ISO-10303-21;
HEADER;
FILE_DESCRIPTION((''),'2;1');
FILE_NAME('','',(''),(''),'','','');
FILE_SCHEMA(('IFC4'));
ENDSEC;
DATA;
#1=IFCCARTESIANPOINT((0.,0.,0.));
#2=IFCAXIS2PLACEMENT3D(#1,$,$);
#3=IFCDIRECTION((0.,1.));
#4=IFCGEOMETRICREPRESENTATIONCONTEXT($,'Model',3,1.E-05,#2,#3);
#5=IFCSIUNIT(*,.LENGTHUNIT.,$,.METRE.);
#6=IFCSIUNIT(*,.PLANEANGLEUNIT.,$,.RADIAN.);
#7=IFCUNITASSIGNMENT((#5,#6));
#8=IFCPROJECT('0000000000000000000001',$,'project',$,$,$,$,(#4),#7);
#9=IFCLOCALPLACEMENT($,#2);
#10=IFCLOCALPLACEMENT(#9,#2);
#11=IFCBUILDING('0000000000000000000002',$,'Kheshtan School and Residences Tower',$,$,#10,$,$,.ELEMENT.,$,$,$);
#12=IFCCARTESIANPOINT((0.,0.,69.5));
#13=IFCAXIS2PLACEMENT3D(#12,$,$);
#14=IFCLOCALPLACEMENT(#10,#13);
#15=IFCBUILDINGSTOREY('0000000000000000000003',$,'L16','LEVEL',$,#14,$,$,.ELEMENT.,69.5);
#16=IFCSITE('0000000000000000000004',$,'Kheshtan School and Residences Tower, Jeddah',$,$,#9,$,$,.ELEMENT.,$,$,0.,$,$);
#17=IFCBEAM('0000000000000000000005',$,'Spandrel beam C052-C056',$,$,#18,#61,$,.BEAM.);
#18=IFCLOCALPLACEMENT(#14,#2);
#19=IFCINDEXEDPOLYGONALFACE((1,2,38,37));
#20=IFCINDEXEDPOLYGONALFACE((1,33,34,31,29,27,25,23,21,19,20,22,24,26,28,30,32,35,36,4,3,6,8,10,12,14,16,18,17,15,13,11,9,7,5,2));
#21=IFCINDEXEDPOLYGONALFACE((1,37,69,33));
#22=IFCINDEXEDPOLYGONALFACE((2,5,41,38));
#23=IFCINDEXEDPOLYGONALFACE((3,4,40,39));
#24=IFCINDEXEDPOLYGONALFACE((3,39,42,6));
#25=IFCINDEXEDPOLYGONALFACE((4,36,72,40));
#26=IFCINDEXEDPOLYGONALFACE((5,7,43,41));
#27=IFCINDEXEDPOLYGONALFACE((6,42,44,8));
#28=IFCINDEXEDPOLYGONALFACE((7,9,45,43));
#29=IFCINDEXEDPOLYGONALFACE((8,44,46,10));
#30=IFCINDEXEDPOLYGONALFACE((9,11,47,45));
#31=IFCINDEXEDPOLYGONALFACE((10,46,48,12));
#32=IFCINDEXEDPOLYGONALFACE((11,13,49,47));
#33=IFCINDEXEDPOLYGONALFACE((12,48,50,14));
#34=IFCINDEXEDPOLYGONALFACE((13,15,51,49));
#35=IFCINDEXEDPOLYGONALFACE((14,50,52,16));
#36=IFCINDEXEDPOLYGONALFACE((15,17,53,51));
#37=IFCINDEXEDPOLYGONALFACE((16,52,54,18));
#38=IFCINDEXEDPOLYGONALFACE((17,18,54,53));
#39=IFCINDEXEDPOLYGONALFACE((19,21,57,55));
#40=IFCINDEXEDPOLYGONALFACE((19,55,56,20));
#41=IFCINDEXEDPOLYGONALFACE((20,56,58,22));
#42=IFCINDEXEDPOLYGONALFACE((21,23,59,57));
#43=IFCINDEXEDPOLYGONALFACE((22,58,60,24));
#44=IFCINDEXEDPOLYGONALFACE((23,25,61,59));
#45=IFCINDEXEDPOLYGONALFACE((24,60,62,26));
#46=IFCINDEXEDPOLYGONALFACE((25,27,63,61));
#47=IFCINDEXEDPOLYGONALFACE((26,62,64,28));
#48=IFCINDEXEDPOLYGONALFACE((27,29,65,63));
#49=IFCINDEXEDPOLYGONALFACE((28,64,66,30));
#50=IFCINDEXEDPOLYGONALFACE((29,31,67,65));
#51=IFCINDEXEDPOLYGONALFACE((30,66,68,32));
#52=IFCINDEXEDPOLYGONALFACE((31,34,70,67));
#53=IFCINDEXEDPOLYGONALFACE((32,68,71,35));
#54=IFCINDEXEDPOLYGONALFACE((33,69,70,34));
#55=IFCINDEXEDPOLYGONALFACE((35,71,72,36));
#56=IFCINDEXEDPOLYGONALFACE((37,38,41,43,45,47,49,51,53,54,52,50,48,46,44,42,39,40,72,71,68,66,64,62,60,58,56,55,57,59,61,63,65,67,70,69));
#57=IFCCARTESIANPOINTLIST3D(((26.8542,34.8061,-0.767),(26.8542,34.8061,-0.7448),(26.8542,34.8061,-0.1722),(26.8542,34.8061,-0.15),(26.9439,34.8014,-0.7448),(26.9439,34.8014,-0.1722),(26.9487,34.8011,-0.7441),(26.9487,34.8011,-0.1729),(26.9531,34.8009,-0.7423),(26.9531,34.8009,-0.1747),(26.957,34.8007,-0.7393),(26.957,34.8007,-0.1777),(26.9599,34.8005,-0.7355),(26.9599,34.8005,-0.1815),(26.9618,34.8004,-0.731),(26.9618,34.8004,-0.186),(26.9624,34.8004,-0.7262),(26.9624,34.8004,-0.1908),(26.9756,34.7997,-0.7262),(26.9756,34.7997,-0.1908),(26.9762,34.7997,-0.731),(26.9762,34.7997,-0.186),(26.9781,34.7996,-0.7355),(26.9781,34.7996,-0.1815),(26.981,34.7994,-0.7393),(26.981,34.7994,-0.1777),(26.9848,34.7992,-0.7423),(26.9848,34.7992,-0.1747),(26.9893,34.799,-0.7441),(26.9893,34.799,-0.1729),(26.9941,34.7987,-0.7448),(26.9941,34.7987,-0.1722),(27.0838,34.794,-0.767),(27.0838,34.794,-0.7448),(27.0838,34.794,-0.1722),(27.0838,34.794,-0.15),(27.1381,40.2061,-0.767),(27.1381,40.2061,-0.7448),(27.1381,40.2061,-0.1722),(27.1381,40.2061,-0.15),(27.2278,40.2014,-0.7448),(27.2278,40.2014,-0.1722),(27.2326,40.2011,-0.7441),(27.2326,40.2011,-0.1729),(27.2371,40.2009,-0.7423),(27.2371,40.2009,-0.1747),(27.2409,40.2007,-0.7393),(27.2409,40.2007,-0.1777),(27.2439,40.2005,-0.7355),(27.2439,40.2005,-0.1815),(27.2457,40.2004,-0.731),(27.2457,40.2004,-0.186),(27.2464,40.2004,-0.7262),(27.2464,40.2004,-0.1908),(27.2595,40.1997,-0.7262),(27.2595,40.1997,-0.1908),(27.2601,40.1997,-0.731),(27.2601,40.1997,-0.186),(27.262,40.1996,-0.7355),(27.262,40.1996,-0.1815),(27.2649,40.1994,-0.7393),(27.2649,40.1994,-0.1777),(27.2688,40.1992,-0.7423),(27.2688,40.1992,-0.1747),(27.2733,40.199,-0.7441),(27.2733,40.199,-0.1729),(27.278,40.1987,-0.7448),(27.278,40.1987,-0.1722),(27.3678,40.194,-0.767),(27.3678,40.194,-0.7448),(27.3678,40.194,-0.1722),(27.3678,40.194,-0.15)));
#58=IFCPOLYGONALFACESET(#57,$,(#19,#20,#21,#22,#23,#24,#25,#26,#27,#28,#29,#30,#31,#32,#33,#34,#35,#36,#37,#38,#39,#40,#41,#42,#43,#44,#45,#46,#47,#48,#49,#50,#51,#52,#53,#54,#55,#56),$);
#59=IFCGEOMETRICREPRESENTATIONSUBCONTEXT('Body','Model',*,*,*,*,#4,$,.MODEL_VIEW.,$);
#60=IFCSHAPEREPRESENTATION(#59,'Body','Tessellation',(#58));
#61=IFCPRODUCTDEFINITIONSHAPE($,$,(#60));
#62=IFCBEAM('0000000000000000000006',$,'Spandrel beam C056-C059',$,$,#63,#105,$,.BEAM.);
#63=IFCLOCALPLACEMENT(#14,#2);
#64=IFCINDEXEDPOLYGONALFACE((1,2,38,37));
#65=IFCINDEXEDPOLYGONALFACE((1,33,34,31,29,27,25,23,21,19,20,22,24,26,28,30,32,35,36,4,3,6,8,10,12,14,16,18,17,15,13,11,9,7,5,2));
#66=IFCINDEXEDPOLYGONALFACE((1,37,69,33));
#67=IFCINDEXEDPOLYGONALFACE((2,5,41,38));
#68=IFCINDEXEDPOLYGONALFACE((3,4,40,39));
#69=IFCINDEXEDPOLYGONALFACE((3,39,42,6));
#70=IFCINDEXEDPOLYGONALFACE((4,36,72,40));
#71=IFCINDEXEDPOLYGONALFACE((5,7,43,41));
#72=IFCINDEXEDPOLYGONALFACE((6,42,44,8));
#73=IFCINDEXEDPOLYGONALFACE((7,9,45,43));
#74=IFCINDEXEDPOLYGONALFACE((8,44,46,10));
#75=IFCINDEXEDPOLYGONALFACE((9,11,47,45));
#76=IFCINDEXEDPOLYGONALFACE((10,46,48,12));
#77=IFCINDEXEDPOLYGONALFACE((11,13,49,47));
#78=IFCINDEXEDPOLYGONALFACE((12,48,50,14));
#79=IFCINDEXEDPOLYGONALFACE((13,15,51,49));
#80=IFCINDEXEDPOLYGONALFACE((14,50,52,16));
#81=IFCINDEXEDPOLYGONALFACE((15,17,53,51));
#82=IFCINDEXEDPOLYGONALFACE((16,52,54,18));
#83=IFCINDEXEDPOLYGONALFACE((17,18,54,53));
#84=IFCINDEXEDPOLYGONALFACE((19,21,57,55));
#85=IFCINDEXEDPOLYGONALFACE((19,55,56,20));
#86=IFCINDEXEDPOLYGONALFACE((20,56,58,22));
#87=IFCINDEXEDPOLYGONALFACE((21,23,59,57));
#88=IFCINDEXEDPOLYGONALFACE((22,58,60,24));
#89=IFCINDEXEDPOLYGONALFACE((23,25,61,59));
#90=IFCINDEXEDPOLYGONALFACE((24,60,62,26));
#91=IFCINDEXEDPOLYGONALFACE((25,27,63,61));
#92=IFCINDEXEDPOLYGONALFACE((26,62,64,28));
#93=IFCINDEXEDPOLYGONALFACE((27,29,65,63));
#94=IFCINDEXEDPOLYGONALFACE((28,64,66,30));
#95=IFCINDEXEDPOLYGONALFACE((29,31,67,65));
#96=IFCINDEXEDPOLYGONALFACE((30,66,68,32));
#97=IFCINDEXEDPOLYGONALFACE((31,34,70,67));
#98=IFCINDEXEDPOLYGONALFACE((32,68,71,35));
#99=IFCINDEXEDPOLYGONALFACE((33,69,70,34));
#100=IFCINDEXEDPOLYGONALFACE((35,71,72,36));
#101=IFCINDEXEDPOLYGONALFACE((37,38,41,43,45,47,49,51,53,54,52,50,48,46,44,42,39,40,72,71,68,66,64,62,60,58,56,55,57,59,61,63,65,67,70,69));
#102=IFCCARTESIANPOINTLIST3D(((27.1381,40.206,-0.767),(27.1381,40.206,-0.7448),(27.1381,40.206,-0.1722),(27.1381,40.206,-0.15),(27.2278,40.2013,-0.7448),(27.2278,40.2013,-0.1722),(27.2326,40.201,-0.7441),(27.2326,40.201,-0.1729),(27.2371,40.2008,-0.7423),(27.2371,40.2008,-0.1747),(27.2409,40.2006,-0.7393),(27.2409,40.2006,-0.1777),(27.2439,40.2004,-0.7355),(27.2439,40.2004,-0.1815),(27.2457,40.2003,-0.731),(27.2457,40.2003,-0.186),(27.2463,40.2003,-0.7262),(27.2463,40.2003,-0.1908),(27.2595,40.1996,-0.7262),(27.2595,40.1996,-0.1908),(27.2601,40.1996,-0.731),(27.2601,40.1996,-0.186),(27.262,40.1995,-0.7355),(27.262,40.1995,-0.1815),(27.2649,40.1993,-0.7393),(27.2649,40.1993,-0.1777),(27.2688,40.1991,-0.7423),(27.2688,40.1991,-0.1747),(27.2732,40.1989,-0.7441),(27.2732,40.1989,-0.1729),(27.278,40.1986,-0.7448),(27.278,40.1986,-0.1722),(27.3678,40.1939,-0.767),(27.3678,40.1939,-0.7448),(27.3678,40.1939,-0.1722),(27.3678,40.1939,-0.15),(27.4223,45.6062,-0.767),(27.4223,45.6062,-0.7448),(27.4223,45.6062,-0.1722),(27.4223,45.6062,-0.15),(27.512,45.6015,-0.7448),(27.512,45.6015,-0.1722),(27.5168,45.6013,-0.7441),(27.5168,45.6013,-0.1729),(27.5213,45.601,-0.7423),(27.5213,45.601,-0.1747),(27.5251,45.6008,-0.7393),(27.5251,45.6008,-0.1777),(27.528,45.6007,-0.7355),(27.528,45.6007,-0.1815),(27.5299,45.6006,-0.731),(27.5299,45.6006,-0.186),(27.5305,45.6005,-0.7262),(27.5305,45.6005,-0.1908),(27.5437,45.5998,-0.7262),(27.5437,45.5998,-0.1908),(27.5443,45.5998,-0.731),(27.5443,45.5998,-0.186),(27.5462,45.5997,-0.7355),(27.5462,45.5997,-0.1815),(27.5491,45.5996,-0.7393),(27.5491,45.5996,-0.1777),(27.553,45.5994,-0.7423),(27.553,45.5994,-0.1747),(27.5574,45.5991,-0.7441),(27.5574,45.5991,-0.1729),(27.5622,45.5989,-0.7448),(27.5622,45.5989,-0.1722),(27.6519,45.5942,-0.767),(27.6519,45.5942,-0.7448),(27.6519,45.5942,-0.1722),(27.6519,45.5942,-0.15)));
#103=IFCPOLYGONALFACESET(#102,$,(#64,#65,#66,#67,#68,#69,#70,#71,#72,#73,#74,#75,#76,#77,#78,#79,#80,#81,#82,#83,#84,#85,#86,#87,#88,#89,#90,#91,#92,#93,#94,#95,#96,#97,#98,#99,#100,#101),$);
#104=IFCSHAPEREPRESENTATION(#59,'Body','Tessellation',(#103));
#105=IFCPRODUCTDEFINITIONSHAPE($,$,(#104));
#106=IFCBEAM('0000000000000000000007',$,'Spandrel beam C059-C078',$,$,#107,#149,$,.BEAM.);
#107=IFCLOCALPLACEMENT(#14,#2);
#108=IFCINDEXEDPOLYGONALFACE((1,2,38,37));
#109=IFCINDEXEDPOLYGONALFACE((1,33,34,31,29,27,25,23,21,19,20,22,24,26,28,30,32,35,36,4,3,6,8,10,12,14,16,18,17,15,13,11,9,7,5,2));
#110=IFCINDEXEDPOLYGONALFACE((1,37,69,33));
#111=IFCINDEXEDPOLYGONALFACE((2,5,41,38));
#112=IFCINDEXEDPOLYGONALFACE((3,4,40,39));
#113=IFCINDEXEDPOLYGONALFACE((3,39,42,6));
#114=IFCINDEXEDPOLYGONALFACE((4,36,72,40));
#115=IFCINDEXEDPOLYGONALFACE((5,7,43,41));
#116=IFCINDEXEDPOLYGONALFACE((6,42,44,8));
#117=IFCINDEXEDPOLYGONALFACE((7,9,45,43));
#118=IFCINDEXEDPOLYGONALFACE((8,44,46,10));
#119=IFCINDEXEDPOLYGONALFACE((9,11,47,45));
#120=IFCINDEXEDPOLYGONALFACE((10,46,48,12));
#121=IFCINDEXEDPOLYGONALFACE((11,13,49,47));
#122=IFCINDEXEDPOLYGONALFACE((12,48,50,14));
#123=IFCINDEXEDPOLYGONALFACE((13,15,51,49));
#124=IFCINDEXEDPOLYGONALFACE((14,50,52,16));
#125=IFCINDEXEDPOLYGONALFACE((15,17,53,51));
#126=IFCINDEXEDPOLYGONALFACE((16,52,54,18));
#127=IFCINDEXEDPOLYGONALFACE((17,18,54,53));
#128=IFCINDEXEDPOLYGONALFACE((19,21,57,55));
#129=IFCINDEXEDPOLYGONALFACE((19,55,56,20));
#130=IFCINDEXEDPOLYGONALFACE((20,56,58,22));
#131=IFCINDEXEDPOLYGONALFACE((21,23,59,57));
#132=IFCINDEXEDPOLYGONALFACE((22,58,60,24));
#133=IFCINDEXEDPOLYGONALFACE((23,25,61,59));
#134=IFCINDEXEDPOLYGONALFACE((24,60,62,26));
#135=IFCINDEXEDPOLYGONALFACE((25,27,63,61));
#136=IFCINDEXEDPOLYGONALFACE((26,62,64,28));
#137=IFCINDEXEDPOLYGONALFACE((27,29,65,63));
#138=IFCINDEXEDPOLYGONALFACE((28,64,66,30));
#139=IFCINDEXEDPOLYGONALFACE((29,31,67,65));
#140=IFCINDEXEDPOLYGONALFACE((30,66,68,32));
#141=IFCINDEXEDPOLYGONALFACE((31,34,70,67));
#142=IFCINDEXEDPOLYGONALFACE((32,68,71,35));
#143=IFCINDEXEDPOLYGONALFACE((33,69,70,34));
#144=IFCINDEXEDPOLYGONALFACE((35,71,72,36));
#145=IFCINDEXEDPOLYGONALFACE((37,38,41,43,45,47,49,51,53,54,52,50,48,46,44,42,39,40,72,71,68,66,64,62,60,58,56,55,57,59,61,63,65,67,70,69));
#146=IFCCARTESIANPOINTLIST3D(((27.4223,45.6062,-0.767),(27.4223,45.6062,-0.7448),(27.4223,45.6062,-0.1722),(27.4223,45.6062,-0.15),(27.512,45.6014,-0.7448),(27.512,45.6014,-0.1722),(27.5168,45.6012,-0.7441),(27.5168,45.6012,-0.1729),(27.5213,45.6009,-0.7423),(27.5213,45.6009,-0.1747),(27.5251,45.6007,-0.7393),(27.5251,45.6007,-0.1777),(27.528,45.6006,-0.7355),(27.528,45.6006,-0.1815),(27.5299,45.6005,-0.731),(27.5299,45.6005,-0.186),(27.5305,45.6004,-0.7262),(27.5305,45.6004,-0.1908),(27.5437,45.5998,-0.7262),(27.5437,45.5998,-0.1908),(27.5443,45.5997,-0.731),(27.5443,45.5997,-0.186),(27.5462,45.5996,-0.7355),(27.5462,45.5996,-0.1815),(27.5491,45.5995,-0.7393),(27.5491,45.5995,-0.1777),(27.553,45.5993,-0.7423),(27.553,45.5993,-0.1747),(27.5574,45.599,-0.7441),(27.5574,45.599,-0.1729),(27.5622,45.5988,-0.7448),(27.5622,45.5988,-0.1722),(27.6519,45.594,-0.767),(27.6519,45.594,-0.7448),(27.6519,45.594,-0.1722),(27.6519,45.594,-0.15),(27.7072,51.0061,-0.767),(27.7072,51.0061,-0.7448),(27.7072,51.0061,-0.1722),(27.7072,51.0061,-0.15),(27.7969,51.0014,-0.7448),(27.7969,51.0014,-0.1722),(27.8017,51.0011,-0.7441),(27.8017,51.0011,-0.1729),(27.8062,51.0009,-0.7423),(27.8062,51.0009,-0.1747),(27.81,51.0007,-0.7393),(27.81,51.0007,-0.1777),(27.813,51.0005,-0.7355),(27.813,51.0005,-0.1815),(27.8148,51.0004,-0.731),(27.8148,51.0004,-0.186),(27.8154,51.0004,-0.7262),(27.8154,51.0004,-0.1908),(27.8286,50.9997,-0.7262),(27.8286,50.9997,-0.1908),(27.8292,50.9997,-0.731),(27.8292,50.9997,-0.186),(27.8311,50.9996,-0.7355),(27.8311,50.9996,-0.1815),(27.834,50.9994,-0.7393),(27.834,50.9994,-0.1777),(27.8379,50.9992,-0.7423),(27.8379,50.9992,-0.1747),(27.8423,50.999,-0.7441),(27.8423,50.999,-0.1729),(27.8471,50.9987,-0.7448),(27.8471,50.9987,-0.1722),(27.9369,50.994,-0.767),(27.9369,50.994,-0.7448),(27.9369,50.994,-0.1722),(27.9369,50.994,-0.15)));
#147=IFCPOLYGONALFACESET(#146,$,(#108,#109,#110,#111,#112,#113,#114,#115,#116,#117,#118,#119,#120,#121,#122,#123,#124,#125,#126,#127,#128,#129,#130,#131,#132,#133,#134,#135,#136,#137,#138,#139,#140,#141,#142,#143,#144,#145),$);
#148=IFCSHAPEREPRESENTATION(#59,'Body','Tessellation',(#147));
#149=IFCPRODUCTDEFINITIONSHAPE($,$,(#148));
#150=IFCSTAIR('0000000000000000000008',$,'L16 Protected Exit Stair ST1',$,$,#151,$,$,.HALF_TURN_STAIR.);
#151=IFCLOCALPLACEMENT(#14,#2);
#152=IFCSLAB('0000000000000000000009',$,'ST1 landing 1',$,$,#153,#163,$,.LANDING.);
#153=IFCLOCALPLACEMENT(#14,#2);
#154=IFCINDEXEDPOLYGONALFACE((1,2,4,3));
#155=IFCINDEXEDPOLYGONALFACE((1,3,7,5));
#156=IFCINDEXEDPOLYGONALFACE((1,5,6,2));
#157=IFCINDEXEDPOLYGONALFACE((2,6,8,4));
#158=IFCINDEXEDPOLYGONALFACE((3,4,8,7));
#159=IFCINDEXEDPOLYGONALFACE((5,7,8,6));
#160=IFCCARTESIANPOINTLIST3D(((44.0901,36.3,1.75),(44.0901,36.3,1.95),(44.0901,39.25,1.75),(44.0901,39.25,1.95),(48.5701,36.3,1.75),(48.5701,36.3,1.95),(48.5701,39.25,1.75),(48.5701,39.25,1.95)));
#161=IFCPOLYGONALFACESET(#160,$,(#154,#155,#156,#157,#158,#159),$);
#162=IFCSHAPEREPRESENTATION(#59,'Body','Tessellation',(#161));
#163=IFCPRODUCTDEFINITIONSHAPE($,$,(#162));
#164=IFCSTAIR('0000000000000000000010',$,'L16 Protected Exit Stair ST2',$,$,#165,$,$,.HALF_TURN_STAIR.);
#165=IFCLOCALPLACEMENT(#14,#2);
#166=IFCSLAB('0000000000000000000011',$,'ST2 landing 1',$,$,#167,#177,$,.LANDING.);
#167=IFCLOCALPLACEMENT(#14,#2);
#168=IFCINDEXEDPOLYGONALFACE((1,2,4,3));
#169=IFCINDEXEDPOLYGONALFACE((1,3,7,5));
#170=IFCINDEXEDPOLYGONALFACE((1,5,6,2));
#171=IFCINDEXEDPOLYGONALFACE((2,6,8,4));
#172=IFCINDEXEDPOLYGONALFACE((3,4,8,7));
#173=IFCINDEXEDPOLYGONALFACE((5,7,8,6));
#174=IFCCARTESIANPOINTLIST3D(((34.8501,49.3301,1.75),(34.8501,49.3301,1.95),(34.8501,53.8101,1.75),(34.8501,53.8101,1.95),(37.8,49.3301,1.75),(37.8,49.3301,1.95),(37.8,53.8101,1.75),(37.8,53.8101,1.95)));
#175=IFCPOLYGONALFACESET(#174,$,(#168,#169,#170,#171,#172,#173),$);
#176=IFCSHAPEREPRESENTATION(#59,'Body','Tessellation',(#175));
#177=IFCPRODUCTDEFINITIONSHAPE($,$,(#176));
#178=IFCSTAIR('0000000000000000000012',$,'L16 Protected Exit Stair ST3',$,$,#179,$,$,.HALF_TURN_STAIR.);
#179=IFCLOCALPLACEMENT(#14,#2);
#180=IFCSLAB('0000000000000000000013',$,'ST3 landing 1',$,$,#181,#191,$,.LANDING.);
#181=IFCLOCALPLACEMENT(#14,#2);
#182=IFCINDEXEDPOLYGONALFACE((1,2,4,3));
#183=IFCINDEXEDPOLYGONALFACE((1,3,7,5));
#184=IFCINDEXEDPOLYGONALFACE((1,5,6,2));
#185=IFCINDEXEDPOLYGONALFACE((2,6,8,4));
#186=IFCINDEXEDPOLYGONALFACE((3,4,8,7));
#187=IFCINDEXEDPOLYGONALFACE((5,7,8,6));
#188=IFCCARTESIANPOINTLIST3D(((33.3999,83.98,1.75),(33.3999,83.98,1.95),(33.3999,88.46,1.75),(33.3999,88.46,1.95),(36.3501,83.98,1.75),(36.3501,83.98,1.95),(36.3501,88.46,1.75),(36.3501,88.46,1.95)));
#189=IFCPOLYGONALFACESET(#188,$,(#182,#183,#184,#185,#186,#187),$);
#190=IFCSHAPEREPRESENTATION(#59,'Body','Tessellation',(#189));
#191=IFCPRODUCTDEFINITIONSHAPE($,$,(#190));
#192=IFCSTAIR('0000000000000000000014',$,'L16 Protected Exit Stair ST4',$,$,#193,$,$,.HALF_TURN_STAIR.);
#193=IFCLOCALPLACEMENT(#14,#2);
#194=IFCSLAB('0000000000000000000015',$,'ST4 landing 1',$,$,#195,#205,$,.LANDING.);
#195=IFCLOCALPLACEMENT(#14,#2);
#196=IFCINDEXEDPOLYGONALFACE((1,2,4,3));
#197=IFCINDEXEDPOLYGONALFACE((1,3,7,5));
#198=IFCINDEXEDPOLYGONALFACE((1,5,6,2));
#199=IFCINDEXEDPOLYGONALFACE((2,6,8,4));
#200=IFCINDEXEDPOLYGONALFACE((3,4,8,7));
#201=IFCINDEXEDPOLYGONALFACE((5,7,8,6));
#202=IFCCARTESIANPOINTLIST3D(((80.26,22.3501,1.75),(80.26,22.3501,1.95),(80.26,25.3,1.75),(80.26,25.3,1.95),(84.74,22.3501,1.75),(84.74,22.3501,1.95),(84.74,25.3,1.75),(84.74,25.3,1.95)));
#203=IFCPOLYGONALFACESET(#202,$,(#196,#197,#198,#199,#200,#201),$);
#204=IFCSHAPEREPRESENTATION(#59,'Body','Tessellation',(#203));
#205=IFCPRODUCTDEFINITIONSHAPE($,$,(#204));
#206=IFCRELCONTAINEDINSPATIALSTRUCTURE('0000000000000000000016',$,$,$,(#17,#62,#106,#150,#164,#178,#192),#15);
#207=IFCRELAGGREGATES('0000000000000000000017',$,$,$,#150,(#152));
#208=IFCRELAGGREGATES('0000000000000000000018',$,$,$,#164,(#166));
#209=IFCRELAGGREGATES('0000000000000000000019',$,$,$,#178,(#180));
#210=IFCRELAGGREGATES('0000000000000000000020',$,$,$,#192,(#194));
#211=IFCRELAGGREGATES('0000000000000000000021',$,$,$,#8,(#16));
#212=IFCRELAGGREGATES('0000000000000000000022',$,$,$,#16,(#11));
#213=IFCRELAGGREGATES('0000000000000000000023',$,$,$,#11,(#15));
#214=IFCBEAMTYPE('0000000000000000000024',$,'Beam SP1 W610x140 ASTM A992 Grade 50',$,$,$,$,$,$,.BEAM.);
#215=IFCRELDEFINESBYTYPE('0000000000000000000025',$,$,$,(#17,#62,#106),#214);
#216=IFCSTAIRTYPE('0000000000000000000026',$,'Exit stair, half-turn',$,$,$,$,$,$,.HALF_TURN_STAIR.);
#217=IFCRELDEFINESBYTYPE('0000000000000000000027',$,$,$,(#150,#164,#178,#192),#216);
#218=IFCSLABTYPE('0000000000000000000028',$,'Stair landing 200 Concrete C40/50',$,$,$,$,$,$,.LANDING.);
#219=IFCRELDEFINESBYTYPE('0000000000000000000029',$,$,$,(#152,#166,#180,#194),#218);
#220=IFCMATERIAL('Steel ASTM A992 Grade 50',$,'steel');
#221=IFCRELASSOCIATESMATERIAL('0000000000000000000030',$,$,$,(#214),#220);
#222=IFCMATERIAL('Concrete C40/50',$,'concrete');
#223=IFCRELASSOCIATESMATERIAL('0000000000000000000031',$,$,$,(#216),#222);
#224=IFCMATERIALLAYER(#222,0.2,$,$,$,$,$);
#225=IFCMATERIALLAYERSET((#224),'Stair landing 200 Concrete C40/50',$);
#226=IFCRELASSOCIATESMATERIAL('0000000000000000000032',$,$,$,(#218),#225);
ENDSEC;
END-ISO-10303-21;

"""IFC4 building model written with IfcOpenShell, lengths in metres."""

from ifc_helpers import new_model, si_unit, direction, frame, origin, origin_2d, place, context, subcontext, project, spatial, polyline, i_section, outline, extrude, material, layer, layer_set, material_profile, profile_set, type_object, element, aggregate, save


model = new_model("IFC4")

# Units and contexts
model_context = context("Model", 3, precision=1e-05, world=origin(), true_north=direction((0.0, 1.0)))
body_context = subcontext(model_context, "Body", "Model", "MODEL_VIEW")
ifc_project = project(units=[si_unit("LENGTHUNIT", "METRE"), si_unit("PLANEANGLEUNIT", "RADIAN")], contexts=[model_context])

# Site, building, storey
site_placement = place(None, origin())
site = spatial("IfcSite", under=ifc_project, at=site_placement, Name="Kheshtan School and Residences Tower, Jeddah", CompositionType="ELEMENT", RefElevation=0.0)
building_placement = place(site_placement, origin())
building = spatial("IfcBuilding", under=site, at=building_placement, Name="Kheshtan School and Residences Tower", CompositionType="ELEMENT")
storey_placement = place(building_placement, frame((0.0, 0.0, 69.5)))
storey = spatial("IfcBuildingStorey", under=building, at=storey_placement, Name="L16", Description="LEVEL", CompositionType="ELEMENT", Elevation=69.5)

# Shared definitions
ifc_material_1 = material(Name="Steel ASTM A992 Grade 50", Category="steel")

# Beams
ifc_material_profile_1 = material_profile(ifc_material_1, i_section(OverallWidth=0.23, OverallDepth=0.6169, WebThickness=0.0132, FlangeThickness=0.0222, FilletRadius=0.0186, at=origin_2d()), Name="W610x140")
ifc_profile_set_1 = profile_set([ifc_material_profile_1], Name="Steel ASTM A992 Grade 50")
beam_type_1 = type_object("IfcBeamType", Name="Beam SP1 W610x140 ASTM A992 Grade 50", PredefinedType="BEAM", material=ifc_profile_set_1)
beam_1_placement = place(storey_placement, frame((26.969, 34.8, -0.4585), z_axis=(0.052509, 0.99862, 0.0), x_axis=(-0.99862, 0.052509, 0.0)))
element("IfcBeam", 1, at=beam_1_placement, inside=storey, type_object=beam_type_1, Name="Spandrel beam C052-C056", PredefinedType="BEAM", context=body_context, shape_type="SweptSolid", body=[
    extrude(i_section(OverallWidth=0.23, OverallDepth=0.6169, WebThickness=0.0132, FlangeThickness=0.0222, FilletRadius=0.0186, at=origin_2d()), origin(), (0.0, 0.0, 1.0), 5.4075),
])
beam_2_placement = place(storey_placement, frame((27.2529, 40.2, -0.4585), z_axis=(0.052552, 0.998618, 0.0), x_axis=(-0.998618, 0.052552, 0.0)))
element("IfcBeam", 2, at=beam_2_placement, inside=storey, type_object=beam_type_1, Name="Spandrel beam C056-C059", PredefinedType="BEAM", context=body_context, shape_type="SweptSolid", body=[
    extrude(i_section(OverallWidth=0.23, OverallDepth=0.6169, WebThickness=0.0132, FlangeThickness=0.0222, FilletRadius=0.0186, at=origin_2d()), origin(), (0.0, 0.0, 1.0), 5.4077),
])
beam_3_placement = place(storey_placement, frame((27.5371, 45.6001, -0.4585), z_axis=(0.052689, 0.998611, 0.0), x_axis=(-0.998611, 0.052689, 0.0)))
element("IfcBeam", 3, at=beam_3_placement, inside=storey, type_object=beam_type_1, Name="Spandrel beam C059-C078", PredefinedType="BEAM", context=body_context, shape_type="SweptSolid", body=[
    extrude(i_section(OverallWidth=0.23, OverallDepth=0.6169, WebThickness=0.0132, FlangeThickness=0.0222, FilletRadius=0.0186, at=origin_2d()), origin(), (0.0, 0.0, 1.0), 5.4075),
])

# Shared definitions
ifc_material_2 = material(Name="Concrete C40/50", Category="concrete")

# Stairs, slabs
stair_type = type_object("IfcStairType", Name="Exit stair, half-turn", PredefinedType="HALF_TURN_STAIR", material=ifc_material_2)
stair_1_placement = place(storey_placement, origin())
stair_1 = element("IfcStair", 4, at=stair_1_placement, inside=storey, type_object=stair_type, Name="L16 Protected Exit Stair ST1", PredefinedType="HALF_TURN_STAIR")
ifc_layer_1 = layer(ifc_material_2, 0.2)
ifc_layer_set_1 = layer_set([ifc_layer_1], Name="Stair landing 200 Concrete C40/50")
slab_type_1 = type_object("IfcSlabType", Name="Stair landing 200 Concrete C40/50", PredefinedType="LANDING", material=ifc_layer_set_1)
slab_1_placement = place(storey_placement, frame((0.0, 0.0, 1.75)))
slab_1 = element("IfcSlab", 5, at=slab_1_placement, type_object=slab_type_1, Name="ST1 landing 1", PredefinedType="LANDING", context=body_context, shape_type="SweptSolid", body=[
    extrude(outline(polyline([(48.5701, 39.25), (44.0901, 39.25), (44.0901, 36.3), (48.5701, 36.3), (48.5701, 39.25)])), origin(), (0.0, 0.0, 1.0), 0.2),
])
aggregate(stair_1, [slab_1])
stair_2_placement = place(storey_placement, origin())
stair_2 = element("IfcStair", 6, at=stair_2_placement, inside=storey, type_object=stair_type, Name="L16 Protected Exit Stair ST2", PredefinedType="HALF_TURN_STAIR")
slab_2_placement = place(storey_placement, frame((0.0, 0.0, 1.75)))
slab_2 = element("IfcSlab", 7, at=slab_2_placement, type_object=slab_type_1, Name="ST2 landing 1", PredefinedType="LANDING", context=body_context, shape_type="SweptSolid", body=[
    extrude(outline(polyline([(37.8, 49.3301), (37.8, 53.8101), (34.8501, 53.8101), (34.8501, 49.3301), (37.8, 49.3301)])), origin(), (0.0, 0.0, 1.0), 0.2),
])
aggregate(stair_2, [slab_2])
stair_3_placement = place(storey_placement, origin())
stair_3 = element("IfcStair", 8, at=stair_3_placement, inside=storey, type_object=stair_type, Name="L16 Protected Exit Stair ST3", PredefinedType="HALF_TURN_STAIR")
slab_3_placement = place(storey_placement, frame((0.0, 0.0, 1.75)))
slab_3 = element("IfcSlab", 9, at=slab_3_placement, type_object=slab_type_1, Name="ST3 landing 1", PredefinedType="LANDING", context=body_context, shape_type="SweptSolid", body=[
    extrude(outline(polyline([(36.3501, 83.98), (36.3501, 88.46), (33.3999, 88.46), (33.3999, 83.98), (36.3501, 83.98)])), origin(), (0.0, 0.0, 1.0), 0.2),
])
aggregate(stair_3, [slab_3])
stair_4_placement = place(storey_placement, origin())
stair_4 = element("IfcStair", 10, at=stair_4_placement, inside=storey, type_object=stair_type, Name="L16 Protected Exit Stair ST4", PredefinedType="HALF_TURN_STAIR")
slab_4_placement = place(storey_placement, frame((0.0, 0.0, 1.75)))
slab_4 = element("IfcSlab", 11, at=slab_4_placement, type_object=slab_type_1, Name="ST4 landing 1", PredefinedType="LANDING", context=body_context, shape_type="SweptSolid", body=[
    extrude(outline(polyline([(84.74, 25.3), (80.26, 25.3), (80.26, 22.3501), (84.74, 22.3501), (84.74, 25.3)])), origin(), (0.0, 0.0, 1.0), 0.2),
])
aggregate(stair_4, [slab_4])

save(model, "model.ifc")
